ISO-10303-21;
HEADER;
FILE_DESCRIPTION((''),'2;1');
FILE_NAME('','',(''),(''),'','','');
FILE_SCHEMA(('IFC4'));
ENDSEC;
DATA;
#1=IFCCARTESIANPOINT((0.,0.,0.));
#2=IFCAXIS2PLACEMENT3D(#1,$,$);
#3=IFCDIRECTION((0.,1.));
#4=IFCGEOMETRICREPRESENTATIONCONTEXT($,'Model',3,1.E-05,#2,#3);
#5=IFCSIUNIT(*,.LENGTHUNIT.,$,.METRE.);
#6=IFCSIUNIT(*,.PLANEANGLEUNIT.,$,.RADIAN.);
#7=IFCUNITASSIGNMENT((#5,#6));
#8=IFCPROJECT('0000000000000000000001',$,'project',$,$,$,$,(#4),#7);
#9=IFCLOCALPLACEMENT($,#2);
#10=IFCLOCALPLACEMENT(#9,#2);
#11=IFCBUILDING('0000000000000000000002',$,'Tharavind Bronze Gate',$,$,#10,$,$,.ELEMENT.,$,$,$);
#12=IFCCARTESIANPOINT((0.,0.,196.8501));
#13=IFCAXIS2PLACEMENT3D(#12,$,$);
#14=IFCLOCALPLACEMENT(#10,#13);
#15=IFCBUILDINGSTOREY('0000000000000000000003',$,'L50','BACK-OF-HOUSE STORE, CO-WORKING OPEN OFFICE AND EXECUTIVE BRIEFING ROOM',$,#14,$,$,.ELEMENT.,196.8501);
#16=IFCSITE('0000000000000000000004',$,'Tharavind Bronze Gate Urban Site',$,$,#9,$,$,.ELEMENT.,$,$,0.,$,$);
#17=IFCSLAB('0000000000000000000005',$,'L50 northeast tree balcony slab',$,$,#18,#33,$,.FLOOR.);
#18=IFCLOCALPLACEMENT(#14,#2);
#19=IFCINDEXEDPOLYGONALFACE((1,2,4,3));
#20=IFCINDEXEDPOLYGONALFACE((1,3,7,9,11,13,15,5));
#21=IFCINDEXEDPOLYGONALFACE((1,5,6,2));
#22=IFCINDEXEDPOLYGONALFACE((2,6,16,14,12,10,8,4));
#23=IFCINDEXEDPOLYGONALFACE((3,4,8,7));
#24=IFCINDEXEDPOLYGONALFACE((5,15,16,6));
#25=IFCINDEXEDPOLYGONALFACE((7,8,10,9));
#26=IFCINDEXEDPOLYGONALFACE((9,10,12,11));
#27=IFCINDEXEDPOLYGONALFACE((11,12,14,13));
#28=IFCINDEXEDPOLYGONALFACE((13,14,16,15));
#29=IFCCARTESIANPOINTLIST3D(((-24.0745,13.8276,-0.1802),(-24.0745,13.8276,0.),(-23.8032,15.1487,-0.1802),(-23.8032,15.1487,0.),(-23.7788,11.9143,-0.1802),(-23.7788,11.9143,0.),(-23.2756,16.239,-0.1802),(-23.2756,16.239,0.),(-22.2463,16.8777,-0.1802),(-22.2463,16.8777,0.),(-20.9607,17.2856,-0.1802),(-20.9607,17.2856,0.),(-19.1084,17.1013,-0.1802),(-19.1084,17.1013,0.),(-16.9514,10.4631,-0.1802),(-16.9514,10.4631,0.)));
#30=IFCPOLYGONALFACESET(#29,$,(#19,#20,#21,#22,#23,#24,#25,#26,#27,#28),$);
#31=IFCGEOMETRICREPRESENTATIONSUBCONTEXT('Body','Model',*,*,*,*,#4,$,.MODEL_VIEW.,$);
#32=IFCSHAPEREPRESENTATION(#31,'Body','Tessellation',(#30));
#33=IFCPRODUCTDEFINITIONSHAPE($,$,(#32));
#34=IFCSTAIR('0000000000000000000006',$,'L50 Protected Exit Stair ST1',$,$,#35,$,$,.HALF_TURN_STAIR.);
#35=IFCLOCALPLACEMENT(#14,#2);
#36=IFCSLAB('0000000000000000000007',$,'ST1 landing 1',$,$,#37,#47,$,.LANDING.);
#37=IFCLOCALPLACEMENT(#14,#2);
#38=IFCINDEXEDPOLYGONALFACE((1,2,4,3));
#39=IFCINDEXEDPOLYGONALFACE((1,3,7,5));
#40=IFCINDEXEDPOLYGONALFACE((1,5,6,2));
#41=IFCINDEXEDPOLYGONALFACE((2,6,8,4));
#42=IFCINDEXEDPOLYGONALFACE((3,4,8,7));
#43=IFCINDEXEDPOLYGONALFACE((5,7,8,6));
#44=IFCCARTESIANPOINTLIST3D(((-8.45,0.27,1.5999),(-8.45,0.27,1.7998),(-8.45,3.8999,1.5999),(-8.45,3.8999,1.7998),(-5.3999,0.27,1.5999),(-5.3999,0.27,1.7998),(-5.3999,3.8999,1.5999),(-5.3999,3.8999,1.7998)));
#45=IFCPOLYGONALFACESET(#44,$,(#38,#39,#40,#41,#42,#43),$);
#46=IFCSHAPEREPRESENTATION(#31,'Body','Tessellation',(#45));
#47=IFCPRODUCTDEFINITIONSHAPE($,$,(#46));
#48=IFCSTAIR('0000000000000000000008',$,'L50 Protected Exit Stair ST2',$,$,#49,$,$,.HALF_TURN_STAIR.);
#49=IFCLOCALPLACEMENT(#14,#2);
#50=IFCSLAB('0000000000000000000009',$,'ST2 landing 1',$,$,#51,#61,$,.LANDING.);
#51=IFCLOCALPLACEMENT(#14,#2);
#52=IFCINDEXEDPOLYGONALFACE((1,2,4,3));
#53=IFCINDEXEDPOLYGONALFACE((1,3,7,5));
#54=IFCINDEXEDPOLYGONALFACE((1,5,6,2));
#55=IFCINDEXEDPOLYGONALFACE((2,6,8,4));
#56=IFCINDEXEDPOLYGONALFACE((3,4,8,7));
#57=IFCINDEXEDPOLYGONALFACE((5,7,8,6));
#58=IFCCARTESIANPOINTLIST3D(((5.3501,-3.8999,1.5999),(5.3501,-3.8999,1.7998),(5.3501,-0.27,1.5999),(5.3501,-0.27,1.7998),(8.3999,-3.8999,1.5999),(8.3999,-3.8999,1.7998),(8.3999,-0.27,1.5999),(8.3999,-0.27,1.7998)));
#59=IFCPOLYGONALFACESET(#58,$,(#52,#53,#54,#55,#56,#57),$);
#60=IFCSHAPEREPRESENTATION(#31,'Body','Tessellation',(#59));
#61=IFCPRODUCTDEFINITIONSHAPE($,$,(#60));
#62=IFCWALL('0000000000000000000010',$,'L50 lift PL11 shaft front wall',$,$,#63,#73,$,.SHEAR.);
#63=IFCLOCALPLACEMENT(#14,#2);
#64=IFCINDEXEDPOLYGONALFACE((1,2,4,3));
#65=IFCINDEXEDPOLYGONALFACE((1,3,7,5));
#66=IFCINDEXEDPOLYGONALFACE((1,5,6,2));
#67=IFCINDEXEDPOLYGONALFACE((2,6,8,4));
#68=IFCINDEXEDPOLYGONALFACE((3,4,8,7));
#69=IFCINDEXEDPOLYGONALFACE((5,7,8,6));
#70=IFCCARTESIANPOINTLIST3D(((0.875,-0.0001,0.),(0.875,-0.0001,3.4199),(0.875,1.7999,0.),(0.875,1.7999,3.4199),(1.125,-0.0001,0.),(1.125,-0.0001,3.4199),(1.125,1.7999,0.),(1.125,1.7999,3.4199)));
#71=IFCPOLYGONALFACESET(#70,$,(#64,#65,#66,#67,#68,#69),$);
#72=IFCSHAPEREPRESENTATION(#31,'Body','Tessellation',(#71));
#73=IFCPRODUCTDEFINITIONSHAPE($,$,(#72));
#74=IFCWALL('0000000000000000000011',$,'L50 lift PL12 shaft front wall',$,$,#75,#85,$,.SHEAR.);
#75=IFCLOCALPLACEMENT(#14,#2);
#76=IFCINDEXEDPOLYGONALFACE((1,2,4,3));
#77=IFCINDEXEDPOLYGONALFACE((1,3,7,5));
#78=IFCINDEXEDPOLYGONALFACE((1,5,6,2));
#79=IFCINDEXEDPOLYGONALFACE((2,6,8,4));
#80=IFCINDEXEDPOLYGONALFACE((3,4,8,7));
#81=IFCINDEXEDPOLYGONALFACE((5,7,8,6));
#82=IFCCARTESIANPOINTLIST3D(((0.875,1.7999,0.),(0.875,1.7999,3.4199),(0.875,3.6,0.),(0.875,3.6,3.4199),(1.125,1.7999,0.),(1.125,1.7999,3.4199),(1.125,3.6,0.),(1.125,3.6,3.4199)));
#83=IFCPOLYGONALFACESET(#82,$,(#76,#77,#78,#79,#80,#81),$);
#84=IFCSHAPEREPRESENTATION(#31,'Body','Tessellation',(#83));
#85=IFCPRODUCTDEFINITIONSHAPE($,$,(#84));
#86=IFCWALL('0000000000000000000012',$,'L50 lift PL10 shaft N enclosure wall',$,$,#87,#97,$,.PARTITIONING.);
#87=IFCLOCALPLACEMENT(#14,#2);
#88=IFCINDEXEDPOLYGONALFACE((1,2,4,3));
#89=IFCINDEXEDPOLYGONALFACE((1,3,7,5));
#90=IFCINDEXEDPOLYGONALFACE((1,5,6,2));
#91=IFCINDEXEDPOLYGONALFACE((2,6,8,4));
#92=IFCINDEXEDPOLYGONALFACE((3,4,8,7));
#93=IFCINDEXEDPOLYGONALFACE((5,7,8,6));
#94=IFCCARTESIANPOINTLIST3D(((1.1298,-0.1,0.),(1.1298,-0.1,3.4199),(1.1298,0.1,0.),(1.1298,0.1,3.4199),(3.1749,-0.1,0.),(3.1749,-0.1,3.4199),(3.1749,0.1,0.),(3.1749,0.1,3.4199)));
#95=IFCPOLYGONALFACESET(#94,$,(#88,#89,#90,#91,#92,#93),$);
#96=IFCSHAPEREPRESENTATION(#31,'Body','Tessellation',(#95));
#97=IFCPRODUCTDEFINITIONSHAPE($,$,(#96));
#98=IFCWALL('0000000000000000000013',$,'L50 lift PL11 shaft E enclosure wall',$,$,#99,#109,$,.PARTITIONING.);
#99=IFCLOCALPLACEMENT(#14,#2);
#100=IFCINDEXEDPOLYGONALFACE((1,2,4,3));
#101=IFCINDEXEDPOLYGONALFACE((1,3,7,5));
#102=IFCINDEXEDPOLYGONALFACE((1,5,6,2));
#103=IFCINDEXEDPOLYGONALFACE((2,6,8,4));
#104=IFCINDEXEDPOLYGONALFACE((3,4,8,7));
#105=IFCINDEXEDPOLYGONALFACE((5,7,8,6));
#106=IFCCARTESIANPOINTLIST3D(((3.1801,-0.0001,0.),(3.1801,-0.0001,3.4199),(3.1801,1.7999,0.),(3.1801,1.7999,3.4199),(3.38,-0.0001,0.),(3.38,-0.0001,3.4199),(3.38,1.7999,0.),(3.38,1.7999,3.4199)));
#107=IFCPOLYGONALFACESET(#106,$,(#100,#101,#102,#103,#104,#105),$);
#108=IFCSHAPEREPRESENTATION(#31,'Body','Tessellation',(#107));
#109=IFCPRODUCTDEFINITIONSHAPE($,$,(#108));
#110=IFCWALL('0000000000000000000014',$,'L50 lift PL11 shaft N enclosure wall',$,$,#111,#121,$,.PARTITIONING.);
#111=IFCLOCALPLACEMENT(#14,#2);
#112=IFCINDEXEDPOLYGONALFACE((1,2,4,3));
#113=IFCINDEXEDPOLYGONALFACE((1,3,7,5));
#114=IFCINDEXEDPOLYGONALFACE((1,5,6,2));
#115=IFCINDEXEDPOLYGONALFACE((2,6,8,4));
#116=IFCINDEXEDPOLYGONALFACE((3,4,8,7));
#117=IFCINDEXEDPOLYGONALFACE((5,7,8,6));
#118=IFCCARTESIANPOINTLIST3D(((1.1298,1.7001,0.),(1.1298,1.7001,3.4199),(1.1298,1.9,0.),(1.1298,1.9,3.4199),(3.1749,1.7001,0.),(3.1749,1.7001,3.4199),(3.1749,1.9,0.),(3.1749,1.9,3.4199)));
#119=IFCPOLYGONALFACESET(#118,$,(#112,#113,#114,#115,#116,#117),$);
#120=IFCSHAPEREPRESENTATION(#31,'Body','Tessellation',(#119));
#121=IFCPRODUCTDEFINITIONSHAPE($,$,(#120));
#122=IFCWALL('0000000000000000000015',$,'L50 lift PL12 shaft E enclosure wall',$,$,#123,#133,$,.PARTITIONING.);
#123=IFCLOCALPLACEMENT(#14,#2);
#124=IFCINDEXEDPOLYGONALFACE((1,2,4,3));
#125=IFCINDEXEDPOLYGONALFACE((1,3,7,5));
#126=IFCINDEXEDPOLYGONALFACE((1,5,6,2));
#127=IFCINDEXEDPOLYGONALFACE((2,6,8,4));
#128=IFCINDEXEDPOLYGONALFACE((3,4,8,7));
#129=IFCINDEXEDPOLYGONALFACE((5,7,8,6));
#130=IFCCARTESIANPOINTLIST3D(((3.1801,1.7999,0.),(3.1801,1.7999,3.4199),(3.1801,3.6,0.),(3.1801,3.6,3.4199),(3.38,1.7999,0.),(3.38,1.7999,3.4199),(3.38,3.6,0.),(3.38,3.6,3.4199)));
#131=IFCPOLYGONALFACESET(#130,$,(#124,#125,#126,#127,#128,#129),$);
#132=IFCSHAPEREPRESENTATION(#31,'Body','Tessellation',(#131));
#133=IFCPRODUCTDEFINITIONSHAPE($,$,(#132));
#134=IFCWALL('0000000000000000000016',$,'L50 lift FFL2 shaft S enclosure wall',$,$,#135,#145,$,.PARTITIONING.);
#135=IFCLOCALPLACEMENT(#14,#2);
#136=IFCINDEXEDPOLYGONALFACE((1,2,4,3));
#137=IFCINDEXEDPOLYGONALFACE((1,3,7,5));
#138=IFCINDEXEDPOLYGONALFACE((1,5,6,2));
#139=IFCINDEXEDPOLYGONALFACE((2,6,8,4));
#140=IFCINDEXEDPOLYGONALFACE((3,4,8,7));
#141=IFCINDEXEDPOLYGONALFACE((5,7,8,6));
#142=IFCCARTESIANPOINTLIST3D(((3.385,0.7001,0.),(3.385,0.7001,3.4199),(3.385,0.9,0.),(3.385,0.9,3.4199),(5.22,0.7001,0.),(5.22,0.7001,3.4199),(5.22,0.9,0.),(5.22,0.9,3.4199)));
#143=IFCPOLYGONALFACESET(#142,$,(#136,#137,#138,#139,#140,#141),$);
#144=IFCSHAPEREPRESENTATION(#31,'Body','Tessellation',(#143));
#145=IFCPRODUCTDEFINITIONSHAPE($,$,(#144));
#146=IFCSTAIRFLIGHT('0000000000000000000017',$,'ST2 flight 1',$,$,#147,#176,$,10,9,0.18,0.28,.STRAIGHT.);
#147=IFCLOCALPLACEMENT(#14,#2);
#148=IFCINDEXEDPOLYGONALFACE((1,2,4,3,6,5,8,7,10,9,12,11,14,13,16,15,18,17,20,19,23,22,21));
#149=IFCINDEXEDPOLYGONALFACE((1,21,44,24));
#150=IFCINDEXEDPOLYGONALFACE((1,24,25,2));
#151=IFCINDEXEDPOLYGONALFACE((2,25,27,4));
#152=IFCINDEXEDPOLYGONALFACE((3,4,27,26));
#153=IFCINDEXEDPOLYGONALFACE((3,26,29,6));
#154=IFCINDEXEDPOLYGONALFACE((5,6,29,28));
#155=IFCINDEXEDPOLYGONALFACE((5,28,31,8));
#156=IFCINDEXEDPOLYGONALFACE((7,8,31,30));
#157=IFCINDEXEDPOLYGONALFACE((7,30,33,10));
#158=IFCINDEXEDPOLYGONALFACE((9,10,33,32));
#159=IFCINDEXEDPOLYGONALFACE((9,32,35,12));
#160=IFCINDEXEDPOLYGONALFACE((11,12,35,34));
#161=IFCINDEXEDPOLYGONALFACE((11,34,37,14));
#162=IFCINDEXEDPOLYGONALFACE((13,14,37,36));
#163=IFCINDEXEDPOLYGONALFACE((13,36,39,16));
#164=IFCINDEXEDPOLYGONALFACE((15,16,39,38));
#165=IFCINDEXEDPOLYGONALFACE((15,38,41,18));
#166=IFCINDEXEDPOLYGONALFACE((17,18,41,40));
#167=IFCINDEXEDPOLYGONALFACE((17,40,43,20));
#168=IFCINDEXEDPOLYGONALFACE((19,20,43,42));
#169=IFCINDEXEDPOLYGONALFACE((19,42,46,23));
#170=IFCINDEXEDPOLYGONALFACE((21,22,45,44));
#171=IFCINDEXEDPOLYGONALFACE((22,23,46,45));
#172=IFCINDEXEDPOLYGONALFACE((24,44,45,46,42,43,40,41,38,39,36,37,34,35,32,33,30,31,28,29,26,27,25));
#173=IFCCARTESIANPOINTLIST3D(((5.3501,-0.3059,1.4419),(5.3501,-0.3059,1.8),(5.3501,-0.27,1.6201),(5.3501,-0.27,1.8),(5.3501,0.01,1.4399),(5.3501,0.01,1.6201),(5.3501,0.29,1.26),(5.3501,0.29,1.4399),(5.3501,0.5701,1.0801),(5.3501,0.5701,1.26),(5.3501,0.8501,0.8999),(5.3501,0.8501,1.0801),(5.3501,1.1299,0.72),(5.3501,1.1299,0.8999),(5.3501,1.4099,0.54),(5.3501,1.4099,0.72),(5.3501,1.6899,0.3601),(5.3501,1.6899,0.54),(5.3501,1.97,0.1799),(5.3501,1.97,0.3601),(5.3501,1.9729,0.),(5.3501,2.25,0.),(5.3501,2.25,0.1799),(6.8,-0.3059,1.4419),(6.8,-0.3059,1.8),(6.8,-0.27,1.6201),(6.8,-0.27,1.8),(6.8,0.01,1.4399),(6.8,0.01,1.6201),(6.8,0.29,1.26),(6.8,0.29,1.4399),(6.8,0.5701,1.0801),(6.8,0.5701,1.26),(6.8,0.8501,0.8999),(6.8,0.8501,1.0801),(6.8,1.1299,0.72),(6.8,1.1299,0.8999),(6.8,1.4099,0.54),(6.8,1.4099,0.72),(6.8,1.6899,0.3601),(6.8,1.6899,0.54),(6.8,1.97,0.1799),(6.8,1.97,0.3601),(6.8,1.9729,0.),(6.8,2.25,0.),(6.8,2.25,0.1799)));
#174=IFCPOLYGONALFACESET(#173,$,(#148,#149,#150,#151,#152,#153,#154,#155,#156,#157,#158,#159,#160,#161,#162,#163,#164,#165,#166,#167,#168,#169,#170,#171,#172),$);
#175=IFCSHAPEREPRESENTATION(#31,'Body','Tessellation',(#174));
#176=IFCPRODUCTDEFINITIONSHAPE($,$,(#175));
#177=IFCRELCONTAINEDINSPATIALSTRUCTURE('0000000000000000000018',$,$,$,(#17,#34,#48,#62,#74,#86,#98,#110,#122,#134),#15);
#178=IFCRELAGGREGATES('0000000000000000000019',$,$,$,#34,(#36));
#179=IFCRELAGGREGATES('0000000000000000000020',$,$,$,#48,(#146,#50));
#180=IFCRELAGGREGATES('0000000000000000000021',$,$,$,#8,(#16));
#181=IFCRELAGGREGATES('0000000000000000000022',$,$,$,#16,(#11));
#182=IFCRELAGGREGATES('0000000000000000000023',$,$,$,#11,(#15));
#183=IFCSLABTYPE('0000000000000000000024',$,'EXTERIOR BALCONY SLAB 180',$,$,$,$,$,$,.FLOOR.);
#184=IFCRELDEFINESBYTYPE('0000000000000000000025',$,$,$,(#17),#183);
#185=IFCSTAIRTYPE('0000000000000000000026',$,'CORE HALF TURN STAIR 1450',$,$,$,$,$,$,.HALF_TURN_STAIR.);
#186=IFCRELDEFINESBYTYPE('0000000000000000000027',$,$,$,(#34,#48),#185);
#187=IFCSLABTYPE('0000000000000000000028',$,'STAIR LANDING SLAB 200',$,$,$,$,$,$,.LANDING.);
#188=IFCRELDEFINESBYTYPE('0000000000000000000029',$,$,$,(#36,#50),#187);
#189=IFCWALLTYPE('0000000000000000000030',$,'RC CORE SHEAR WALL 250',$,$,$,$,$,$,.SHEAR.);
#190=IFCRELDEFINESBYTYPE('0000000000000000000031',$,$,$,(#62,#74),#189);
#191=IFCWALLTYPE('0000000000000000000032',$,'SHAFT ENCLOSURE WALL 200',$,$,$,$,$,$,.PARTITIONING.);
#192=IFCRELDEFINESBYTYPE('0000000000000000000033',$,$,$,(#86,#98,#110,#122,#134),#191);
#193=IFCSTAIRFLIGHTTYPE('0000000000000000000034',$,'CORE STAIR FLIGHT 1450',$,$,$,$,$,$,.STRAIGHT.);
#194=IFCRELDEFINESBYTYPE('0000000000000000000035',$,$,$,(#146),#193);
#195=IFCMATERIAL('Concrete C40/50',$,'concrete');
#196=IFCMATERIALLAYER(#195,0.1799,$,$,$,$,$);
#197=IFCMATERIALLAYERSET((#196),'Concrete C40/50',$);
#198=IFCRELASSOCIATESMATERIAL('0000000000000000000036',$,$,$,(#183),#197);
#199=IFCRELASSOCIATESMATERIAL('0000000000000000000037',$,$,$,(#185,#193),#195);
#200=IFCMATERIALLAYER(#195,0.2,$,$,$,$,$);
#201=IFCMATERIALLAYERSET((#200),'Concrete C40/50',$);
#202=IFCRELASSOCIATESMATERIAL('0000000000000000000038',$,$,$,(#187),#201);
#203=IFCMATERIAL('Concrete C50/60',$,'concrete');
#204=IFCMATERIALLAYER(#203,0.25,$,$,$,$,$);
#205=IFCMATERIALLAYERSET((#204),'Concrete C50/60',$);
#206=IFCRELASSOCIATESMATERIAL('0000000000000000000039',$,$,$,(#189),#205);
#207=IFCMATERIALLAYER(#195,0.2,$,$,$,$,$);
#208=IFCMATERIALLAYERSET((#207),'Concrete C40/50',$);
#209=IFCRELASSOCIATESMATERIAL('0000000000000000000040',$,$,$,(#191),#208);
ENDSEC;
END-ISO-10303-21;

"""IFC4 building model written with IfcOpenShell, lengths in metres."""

from ifc_helpers import new_model, si_unit, direction, frame, frame_2d, origin, place, context, subcontext, project, spatial, polyline, rectangle, outline, extrude, material, layer, layer_set, type_object, element, aggregate, save


model = new_model("IFC4")

# Units and contexts
model_context = context("Model", 3, precision=1e-05, world=origin(), true_north=direction((0.0, 1.0)))
body_context = subcontext(model_context, "Body", "Model", "MODEL_VIEW")
ifc_project = project(units=[si_unit("LENGTHUNIT", "METRE"), si_unit("PLANEANGLEUNIT", "RADIAN")], contexts=[model_context])

# Site, building, storey
site_placement = place(None, origin())
site = spatial("IfcSite", under=ifc_project, at=site_placement, Name="Tharavind Bronze Gate Urban Site", CompositionType="ELEMENT", RefElevation=0.0)
building_placement = place(site_placement, origin())
building = spatial("IfcBuilding", under=site, at=building_placement, Name="Tharavind Bronze Gate", CompositionType="ELEMENT")
storey_placement = place(building_placement, frame((0.0, 0.0, 196.8501)))
storey = spatial("IfcBuildingStorey", under=building, at=storey_placement, Name="L50", Description="BACK-OF-HOUSE STORE, CO-WORKING OPEN OFFICE AND EXECUTIVE BRIEFING ROOM", CompositionType="ELEMENT", Elevation=196.8501)

# Slab
ifc_material_1 = material(Name="Concrete C40/50", Category="concrete")
ifc_layer_1 = layer(ifc_material_1, 0.1799)
ifc_layer_set_1 = layer_set([ifc_layer_1], Name="Concrete C40/50")
slab_type_1 = type_object("IfcSlabType", Name="EXTERIOR BALCONY SLAB 180", PredefinedType="FLOOR", material=ifc_layer_set_1)
slab_1_placement = place(storey_placement, frame((0.0, 0.0, -0.1802)))
element("IfcSlab", 1, at=slab_1_placement, inside=storey, type_object=slab_type_1, Name="L50 northeast tree balcony slab", PredefinedType="FLOOR", context=body_context, shape_type="SweptSolid", body=[
    extrude(outline(polyline([(-20.9607, 17.2856), (-22.2463, 16.8777), (-23.2756, 16.239), (-23.8032, 15.1487), (-24.0745, 13.8276), (-23.7788, 11.9143), (-16.9514, 10.4631), (-19.1084, 17.1013), (-20.9607, 17.2856)])), origin(), (0.0, 0.0, 1.0), 0.1802),
])

# Stairs, slabs
stair_type = type_object("IfcStairType", Name="CORE HALF TURN STAIR 1450", PredefinedType="HALF_TURN_STAIR", material=ifc_material_1)
stair_1_placement = place(storey_placement, origin())
stair_1 = element("IfcStair", 2, at=stair_1_placement, inside=storey, type_object=stair_type, Name="L50 Protected Exit Stair ST1", PredefinedType="HALF_TURN_STAIR")
ifc_layer_2 = layer(ifc_material_1, 0.2)
ifc_layer_set_2 = layer_set([ifc_layer_2], Name="Concrete C40/50")
slab_type_2 = type_object("IfcSlabType", Name="STAIR LANDING SLAB 200", PredefinedType="LANDING", material=ifc_layer_set_2)
slab_2_placement = place(storey_placement, frame((0.0, 0.0, 1.5999)))
slab_2 = element("IfcSlab", 3, at=slab_2_placement, type_object=slab_type_2, Name="ST1 landing 1", PredefinedType="LANDING", context=body_context, shape_type="SweptSolid", body=[
    extrude(outline(polyline([(-5.3999, 0.27), (-5.3999, 3.8999), (-8.45, 3.8999), (-8.45, 0.27), (-5.3999, 0.27)])), origin(), (0.0, 0.0, 1.0), 0.2),
])
aggregate(stair_1, [slab_2])
stair_2_placement = place(storey_placement, origin())
stair_2 = element("IfcStair", 4, at=stair_2_placement, inside=storey, type_object=stair_type, Name="L50 Protected Exit Stair ST2", PredefinedType="HALF_TURN_STAIR")
slab_3_placement = place(storey_placement, frame((0.0, 0.0, 1.5999)))
slab_3 = element("IfcSlab", 5, at=slab_3_placement, type_object=slab_type_2, Name="ST2 landing 1", PredefinedType="LANDING", context=body_context, shape_type="SweptSolid", body=[
    extrude(outline(polyline([(5.3501, -0.27), (5.3501, -3.8999), (8.3999, -3.8999), (8.3999, -0.27), (5.3501, -0.27)])), origin(), (0.0, 0.0, 1.0), 0.2),
])

# Walls
ifc_material_2 = material(Name="Concrete C50/60", Category="concrete")
ifc_layer_3 = layer(ifc_material_2, 0.25)
ifc_layer_set_3 = layer_set([ifc_layer_3], Name="Concrete C50/60")
wall_type_1 = type_object("IfcWallType", Name="RC CORE SHEAR WALL 250", PredefinedType="SHEAR", material=ifc_layer_set_3)
for number, where, z_axis, x_axis, name in (
    (6, (1.0, 0.0, 0.0), (0.0, 0.0, 1.0), (0.0, 1.0, 0.0), "L50 lift PL11 shaft front wall"),
    (7, (1.0, 1.8, 0.0), (0.0, 0.0, 1.0), (0.0, 1.0, 0.0), "L50 lift PL12 shaft front wall"),
):
    element("IfcWall", number, at=place(storey_placement, frame(where, z_axis=z_axis, x_axis=x_axis)), inside=storey, type_object=wall_type_1, Name=name, PredefinedType="SHEAR", context=body_context, shape_type="SweptSolid", body=[
        extrude(rectangle(XDim=1.8, YDim=0.25, at=frame_2d((0.8999, 0.0))), origin(), (0.0, 0.0, 1.0), 3.4199),
    ])
ifc_layer_4 = layer(ifc_material_1, 0.2)
ifc_layer_set_4 = layer_set([ifc_layer_4], Name="Concrete C40/50")
wall_type_2 = type_object("IfcWallType", Name="SHAFT ENCLOSURE WALL 200", PredefinedType="PARTITIONING", material=ifc_layer_set_4)
wall_1_placement = place(storey_placement, frame((1.1299, 0.0, 0.0), z_axis=(0.0, 0.0, 1.0), x_axis=(1.0, 0.0, 0.0)))
element("IfcWall", 8, at=wall_1_placement, inside=storey, type_object=wall_type_2, Name="L50 lift PL10 shaft N enclosure wall", PredefinedType="PARTITIONING", context=body_context, shape_type="SweptSolid", body=[
    extrude(rectangle(XDim=2.0452, YDim=0.2, at=frame_2d((1.0225, 0.0))), origin(), (0.0, 0.0, 1.0), 3.4199),
])
wall_2_placement = place(storey_placement, frame((3.28, 0.0, 0.0), z_axis=(0.0, 0.0, 1.0), x_axis=(0.0, 1.0, 0.0)))
element("IfcWall", 9, at=wall_2_placement, inside=storey, type_object=wall_type_2, Name="L50 lift PL11 shaft E enclosure wall", PredefinedType="PARTITIONING", context=body_context, shape_type="SweptSolid", body=[
    extrude(rectangle(XDim=1.8, YDim=0.2, at=frame_2d((0.8999, 0.0))), origin(), (0.0, 0.0, 1.0), 3.4199),
])
wall_3_placement = place(storey_placement, frame((1.1299, 1.8, 0.0), z_axis=(0.0, 0.0, 1.0), x_axis=(1.0, 0.0, 0.0)))
element("IfcWall", 10, at=wall_3_placement, inside=storey, type_object=wall_type_2, Name="L50 lift PL11 shaft N enclosure wall", PredefinedType="PARTITIONING", context=body_context, shape_type="SweptSolid", body=[
    extrude(rectangle(XDim=2.0452, YDim=0.2, at=frame_2d((1.0225, 0.0))), origin(), (0.0, 0.0, 1.0), 3.4199),
])
wall_4_placement = place(storey_placement, frame((3.28, 1.8, 0.0), z_axis=(0.0, 0.0, 1.0), x_axis=(0.0, 1.0, 0.0)))
element("IfcWall", 11, at=wall_4_placement, inside=storey, type_object=wall_type_2, Name="L50 lift PL12 shaft E enclosure wall", PredefinedType="PARTITIONING", context=body_context, shape_type="SweptSolid", body=[
    extrude(rectangle(XDim=1.8, YDim=0.2, at=frame_2d((0.8999, 0.0))), origin(), (0.0, 0.0, 1.0), 3.4199),
])
wall_5_placement = place(storey_placement, frame((3.385, 0.8, 0.0), z_axis=(0.0, 0.0, 1.0), x_axis=(1.0, 0.0, 0.0)))
element("IfcWall", 12, at=wall_5_placement, inside=storey, type_object=wall_type_2, Name="L50 lift FFL2 shaft S enclosure wall", PredefinedType="PARTITIONING", context=body_context, shape_type="SweptSolid", body=[
    extrude(rectangle(XDim=1.835, YDim=0.2, at=frame_2d((0.9175, 0.0))), origin(), (0.0, 0.0, 1.0), 3.4199),
])

# Stair flight
stair_flight_type = type_object("IfcStairFlightType", Name="CORE STAIR FLIGHT 1450", PredefinedType="STRAIGHT", material=ifc_material_1)
stair_flight_placement = place(storey_placement, frame((6.075, 2.25, 0.0), z_axis=(0.0, 0.0, 1.0), x_axis=(0.0, -1.0, 0.0)))
stair_flight = element("IfcStairFlight", 13, at=stair_flight_placement, type_object=stair_flight_type, Name="ST2 flight 1", NumberOfRisers=10, NumberOfTreads=9, PredefinedType="STRAIGHT", RiserHeight=0.18, TreadLength=0.28, context=body_context, shape_type="SweptSolid", body=[
    extrude(outline(polyline([(0.0, 0.0), (0.0, 0.1799), (0.28, 0.1799), (0.28, 0.3601), (0.5601, 0.3601), (0.5601, 0.54), (0.8401, 0.54), (0.8401, 0.72), (1.1201, 0.72), (1.1201, 0.8999), (1.3999, 0.8999), (1.3999, 1.0801), (1.6799, 1.0801), (1.6799, 1.26), (1.96, 1.26), (1.96, 1.4399), (2.24, 1.4399), (2.24, 1.6201), (2.52, 1.6201), (2.52, 1.8), (2.5559, 1.8), (2.5559, 1.4419), (0.2771, 0.0), (0.0, 0.0)])), frame((0.0, 0.7251, 0.0), z_axis=(0.0, -1.0, 0.0), x_axis=(1.0, 0.0, 0.0)), (0.0, 0.0, 1.0), 1.45),
])
aggregate(stair_2, [stair_flight, slab_3])

save(model, "model.ifc")
